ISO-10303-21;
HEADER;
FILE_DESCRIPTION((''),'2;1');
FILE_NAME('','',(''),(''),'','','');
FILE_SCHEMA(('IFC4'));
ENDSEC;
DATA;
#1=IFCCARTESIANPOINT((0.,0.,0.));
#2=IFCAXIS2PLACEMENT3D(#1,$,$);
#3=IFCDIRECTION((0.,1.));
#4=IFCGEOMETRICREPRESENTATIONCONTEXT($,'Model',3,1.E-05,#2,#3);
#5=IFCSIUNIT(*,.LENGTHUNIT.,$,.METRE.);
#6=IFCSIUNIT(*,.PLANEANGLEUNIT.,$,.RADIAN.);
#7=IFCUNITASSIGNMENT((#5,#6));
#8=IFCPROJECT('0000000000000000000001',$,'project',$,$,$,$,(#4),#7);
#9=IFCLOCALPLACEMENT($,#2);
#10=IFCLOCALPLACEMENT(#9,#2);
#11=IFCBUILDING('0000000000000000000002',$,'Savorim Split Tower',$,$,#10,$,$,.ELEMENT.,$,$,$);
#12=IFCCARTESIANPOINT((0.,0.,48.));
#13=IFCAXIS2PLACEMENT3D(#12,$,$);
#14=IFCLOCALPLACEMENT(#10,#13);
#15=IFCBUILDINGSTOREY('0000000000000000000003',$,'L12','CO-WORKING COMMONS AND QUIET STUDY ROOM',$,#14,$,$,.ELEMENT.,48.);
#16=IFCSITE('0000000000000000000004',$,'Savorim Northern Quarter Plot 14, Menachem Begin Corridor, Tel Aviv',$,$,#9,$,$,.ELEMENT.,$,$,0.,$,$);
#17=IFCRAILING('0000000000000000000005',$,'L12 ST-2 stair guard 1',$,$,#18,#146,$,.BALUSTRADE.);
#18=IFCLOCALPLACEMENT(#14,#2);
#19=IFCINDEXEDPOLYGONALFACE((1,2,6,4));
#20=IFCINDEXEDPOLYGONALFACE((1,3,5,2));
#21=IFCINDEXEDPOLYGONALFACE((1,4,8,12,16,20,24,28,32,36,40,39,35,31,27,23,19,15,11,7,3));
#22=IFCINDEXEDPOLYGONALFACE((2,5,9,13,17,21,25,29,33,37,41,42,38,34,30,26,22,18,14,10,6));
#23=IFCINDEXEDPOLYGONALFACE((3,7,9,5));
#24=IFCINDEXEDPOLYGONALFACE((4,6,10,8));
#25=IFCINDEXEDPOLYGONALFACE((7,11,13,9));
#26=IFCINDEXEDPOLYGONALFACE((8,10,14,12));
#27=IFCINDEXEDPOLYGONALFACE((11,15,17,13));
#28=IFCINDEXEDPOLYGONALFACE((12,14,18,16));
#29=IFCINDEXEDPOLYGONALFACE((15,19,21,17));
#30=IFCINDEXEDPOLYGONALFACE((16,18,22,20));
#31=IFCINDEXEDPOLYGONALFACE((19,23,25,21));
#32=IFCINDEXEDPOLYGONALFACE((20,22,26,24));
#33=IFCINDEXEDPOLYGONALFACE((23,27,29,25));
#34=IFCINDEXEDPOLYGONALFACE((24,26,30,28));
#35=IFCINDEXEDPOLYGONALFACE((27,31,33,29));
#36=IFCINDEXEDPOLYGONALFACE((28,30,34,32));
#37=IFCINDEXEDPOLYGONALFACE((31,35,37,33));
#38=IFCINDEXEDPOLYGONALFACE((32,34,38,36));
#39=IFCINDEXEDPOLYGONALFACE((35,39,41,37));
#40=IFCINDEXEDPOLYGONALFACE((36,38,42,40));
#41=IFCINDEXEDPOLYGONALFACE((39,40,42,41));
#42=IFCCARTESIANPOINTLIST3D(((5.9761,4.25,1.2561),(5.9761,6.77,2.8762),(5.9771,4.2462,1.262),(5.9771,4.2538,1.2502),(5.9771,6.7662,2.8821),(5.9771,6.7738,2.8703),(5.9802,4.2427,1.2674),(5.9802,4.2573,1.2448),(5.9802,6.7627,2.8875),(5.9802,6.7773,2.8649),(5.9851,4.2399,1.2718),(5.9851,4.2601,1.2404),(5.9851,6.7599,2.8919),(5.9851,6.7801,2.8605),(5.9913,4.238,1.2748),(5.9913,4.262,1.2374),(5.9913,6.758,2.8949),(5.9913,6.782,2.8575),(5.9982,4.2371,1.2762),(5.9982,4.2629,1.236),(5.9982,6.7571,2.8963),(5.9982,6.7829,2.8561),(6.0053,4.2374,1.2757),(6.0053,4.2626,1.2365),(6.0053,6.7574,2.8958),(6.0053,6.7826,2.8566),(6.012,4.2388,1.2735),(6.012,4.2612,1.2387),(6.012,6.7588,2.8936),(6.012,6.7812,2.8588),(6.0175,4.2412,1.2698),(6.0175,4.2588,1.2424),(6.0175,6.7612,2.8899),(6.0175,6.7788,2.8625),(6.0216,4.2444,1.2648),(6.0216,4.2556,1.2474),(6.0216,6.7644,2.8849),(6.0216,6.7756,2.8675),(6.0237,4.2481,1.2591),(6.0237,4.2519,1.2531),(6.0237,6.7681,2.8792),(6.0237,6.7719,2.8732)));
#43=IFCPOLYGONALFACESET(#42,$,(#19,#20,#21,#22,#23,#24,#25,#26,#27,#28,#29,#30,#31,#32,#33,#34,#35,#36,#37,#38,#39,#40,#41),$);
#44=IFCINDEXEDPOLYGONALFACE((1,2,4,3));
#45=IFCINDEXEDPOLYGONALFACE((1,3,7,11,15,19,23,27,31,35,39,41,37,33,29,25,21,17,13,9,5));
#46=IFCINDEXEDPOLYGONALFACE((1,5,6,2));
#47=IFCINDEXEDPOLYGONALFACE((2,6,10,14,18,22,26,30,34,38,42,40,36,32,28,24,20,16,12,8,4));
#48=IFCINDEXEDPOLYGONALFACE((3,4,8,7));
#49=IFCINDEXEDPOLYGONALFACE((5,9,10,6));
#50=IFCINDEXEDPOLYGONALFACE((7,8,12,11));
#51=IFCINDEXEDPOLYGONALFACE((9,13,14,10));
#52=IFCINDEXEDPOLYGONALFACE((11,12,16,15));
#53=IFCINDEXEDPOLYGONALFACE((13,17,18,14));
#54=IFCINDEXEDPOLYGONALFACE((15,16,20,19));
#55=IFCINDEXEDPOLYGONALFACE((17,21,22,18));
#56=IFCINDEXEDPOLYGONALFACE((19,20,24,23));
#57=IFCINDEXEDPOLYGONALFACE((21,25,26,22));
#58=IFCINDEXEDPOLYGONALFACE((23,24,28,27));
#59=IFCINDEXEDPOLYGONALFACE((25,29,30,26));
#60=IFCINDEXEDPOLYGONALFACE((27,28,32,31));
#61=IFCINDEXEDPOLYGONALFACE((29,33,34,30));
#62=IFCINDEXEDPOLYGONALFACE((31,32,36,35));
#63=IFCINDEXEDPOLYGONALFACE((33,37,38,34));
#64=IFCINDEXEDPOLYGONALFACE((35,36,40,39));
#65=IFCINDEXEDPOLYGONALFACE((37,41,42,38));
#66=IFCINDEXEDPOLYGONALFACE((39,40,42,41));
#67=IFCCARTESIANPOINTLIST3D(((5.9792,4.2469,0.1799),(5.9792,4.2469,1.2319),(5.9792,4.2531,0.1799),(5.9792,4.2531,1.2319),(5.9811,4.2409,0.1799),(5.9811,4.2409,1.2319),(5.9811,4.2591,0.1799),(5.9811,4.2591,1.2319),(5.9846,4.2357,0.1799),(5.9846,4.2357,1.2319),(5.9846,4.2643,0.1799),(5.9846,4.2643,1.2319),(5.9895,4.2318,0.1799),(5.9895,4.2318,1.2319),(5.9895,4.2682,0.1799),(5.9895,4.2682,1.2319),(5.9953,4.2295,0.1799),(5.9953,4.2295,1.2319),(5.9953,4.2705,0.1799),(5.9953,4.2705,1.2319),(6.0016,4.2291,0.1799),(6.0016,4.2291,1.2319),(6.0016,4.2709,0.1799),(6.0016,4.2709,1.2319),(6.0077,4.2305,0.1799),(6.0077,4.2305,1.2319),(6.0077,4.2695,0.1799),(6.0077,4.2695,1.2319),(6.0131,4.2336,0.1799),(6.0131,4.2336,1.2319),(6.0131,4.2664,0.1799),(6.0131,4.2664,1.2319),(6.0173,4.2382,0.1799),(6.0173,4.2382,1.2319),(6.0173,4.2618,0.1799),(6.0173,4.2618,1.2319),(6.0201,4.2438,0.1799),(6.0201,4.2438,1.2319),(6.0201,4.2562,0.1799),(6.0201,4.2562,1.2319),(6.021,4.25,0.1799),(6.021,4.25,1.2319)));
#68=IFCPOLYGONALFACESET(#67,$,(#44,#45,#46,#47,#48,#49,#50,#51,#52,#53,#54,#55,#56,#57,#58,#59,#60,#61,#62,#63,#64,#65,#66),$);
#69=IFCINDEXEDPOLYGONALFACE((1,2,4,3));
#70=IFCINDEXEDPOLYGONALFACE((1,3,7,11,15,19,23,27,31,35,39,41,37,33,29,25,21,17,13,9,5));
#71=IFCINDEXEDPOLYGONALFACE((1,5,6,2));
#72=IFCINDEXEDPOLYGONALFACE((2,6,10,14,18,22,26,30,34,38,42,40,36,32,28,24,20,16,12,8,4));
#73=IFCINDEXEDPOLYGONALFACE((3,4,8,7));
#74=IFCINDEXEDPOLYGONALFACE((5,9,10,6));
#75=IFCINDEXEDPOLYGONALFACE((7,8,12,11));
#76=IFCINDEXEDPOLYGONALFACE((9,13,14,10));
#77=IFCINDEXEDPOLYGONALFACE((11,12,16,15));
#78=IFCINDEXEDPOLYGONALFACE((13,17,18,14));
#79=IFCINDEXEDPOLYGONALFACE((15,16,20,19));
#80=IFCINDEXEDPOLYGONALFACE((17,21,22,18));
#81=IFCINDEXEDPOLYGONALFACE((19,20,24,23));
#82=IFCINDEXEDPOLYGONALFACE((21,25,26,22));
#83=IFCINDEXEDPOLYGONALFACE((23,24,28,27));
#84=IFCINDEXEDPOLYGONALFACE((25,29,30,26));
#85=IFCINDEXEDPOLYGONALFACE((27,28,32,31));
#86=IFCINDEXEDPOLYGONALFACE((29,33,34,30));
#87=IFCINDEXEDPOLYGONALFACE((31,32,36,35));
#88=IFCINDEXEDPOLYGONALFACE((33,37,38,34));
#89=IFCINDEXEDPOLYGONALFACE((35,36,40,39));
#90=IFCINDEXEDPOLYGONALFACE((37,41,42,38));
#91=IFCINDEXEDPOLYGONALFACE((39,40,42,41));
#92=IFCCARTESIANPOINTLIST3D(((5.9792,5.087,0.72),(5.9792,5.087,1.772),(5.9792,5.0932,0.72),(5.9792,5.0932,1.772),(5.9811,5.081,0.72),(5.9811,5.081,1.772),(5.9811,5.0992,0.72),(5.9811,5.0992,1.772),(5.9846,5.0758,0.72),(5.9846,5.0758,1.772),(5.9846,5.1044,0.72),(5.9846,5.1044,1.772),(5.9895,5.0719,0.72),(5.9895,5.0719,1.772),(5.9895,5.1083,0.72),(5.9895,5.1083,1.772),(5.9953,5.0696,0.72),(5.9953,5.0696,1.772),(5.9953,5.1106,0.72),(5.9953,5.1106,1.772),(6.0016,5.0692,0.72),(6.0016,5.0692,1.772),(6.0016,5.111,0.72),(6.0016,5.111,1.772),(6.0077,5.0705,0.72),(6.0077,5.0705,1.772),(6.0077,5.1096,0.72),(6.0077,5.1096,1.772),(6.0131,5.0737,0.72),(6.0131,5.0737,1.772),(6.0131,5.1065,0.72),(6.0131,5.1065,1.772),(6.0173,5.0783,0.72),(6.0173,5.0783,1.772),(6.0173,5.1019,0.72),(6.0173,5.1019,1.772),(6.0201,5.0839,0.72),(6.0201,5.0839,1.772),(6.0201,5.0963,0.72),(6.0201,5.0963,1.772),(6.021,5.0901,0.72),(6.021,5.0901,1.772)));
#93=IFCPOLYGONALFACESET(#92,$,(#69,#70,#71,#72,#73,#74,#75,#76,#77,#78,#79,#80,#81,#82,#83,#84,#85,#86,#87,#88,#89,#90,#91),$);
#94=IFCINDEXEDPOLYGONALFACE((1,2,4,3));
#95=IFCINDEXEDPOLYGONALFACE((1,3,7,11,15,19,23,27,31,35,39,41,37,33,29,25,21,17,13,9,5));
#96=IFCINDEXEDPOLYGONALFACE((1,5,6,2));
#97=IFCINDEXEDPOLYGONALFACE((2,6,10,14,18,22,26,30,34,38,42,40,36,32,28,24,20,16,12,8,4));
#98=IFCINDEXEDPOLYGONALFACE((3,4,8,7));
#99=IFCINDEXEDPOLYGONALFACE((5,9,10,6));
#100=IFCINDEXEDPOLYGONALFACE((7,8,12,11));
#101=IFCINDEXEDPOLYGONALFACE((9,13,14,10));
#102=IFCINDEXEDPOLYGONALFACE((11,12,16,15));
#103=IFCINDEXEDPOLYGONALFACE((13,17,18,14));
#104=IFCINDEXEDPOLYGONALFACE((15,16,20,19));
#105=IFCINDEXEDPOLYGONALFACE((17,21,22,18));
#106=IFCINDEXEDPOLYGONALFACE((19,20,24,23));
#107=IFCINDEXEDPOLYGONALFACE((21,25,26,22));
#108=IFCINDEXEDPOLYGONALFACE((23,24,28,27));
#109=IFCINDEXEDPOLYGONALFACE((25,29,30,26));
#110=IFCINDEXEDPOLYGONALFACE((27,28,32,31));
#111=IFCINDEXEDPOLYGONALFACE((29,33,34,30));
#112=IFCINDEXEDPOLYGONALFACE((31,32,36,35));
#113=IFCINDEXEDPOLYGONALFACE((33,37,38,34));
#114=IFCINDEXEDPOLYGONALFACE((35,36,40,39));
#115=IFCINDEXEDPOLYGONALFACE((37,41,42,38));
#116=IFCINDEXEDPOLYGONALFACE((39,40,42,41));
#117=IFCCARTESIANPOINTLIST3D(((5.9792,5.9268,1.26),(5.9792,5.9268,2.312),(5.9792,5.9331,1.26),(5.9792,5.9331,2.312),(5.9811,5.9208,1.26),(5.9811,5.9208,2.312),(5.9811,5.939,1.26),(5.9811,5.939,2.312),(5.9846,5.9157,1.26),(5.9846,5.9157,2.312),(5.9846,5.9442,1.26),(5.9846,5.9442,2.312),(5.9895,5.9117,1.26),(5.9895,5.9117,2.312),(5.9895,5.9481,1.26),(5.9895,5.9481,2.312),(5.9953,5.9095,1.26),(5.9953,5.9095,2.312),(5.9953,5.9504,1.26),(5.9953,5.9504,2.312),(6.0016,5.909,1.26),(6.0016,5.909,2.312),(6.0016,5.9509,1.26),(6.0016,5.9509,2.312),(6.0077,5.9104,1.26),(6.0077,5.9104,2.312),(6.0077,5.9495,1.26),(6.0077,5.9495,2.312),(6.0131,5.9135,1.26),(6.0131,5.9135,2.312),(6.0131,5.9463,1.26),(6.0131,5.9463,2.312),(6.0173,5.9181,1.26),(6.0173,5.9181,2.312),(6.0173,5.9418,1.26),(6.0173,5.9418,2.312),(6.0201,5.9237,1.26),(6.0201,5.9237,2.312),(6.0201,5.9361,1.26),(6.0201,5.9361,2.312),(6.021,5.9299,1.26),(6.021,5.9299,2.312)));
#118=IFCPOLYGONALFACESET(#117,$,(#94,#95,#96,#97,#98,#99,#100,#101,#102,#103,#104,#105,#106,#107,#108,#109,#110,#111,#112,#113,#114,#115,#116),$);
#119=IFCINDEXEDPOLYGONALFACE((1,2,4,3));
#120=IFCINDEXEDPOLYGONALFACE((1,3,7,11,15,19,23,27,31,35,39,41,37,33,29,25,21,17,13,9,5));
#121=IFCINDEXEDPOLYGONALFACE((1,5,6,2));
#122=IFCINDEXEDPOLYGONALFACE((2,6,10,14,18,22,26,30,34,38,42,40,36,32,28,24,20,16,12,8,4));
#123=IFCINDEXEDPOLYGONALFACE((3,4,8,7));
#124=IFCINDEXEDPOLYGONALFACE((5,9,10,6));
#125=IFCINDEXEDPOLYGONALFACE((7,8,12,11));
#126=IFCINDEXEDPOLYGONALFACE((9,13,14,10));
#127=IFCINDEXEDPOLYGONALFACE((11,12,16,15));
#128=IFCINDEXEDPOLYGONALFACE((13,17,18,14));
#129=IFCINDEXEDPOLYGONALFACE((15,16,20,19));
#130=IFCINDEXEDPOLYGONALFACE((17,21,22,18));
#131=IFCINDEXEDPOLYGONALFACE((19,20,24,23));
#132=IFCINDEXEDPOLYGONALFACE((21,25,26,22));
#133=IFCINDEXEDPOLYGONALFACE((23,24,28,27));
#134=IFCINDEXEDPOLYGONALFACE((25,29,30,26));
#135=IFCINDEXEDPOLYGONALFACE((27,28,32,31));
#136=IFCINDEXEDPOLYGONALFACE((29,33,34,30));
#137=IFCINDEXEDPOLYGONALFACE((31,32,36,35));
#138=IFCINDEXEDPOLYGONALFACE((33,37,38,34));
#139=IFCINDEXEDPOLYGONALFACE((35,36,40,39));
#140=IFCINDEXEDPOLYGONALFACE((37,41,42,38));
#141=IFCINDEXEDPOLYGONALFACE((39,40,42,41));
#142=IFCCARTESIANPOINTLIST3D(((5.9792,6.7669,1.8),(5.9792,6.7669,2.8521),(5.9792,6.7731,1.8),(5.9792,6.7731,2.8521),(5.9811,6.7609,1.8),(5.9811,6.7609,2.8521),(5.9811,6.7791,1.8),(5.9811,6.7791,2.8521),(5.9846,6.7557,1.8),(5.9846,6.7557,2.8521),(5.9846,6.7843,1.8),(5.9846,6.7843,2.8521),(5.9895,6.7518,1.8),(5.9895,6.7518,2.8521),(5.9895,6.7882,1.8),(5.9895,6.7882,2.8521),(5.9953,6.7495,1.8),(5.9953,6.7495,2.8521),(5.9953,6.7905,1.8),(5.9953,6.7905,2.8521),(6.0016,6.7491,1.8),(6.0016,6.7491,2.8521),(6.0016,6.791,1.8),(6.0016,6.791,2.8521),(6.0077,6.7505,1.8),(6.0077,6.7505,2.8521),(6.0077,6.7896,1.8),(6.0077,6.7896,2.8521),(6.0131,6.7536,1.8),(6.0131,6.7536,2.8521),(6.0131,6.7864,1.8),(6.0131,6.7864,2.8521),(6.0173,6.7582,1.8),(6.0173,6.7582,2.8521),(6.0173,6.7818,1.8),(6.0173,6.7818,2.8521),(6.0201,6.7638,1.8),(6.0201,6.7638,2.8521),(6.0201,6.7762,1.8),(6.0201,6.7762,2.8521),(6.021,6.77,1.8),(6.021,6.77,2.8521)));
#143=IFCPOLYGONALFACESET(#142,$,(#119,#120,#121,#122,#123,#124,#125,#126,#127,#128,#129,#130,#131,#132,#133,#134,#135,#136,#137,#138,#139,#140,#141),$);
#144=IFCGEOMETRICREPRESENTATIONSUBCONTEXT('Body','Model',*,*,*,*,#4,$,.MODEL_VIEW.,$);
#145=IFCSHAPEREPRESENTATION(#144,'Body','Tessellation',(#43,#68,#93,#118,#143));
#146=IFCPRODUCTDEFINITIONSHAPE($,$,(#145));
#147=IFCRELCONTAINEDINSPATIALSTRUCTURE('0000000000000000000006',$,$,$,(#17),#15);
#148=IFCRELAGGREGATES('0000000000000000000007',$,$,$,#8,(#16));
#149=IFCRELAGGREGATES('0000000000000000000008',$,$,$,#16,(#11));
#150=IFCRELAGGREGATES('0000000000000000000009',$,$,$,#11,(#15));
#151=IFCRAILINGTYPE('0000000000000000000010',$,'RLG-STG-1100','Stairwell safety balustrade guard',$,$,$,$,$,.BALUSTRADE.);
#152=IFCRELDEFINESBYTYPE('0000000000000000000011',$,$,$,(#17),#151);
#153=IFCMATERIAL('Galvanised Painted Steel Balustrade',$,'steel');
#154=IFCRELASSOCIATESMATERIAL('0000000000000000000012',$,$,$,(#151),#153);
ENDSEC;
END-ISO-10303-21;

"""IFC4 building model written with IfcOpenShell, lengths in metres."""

from ifc_helpers import new_model, si_unit, direction, frame, origin, origin_2d, place, context, subcontext, project, spatial, circle, extrude, material, type_object, element, save


model = new_model("IFC4")

# Units and contexts
model_context = context("Model", 3, precision=1e-05, world=origin(), true_north=direction((0.0, 1.0)))
body_context = subcontext(model_context, "Body", "Model", "MODEL_VIEW")
ifc_project = project(units=[si_unit("LENGTHUNIT", "METRE"), si_unit("PLANEANGLEUNIT", "RADIAN")], contexts=[model_context])

# Site, building, storey
site_placement = place(None, origin())
site = spatial("IfcSite", under=ifc_project, at=site_placement, Name="Savorim Northern Quarter Plot 14, Menachem Begin Corridor, Tel Aviv", CompositionType="ELEMENT", RefElevation=0.0)
building_placement = place(site_placement, origin())
building = spatial("IfcBuilding", under=site, at=building_placement, Name="Savorim Split Tower", CompositionType="ELEMENT")
storey_placement = place(building_placement, frame((0.0, 0.0, 48.0)))
storey = spatial("IfcBuildingStorey", under=building, at=storey_placement, Name="L12", Description="CO-WORKING COMMONS AND QUIET STUDY ROOM", CompositionType="ELEMENT", Elevation=48.0)

# Railing
ifc_material_1 = material(Name="Galvanised Painted Steel Balustrade", Category="steel")
railing_type_1 = type_object("IfcRailingType", Name="RLG-STG-1100", Description="Stairwell safety balustrade guard", PredefinedType="BALUSTRADE", material=ifc_material_1)
railing_1_placement = place(storey_placement, frame((6.0, 4.25, 0.1799)))
element("IfcRailing", 1, at=railing_1_placement, inside=storey, type_object=railing_type_1, Name="L12 ST-2 stair guard 1", PredefinedType="BALUSTRADE", context=body_context, shape_type="SweptSolid", body=[
    extrude(circle(Radius=0.0239, at=origin_2d()), frame((0.0, 0.0, 1.0762), z_axis=(0.0, 0.841163, 0.540782), x_axis=(-1.0, 0.0, 0.0)), (0.0, 0.0, 1.0), 2.9958),
    extrude(circle(Radius=0.021, at=origin_2d()), origin(), (0.0, 0.0, 1.0), 1.052),
    extrude(circle(Radius=0.021, at=origin_2d()), frame((0.0, 0.8401, 0.54)), (0.0, 0.0, 1.0), 1.052),
    extrude(circle(Radius=0.021, at=origin_2d()), frame((0.0, 1.6799, 1.0801)), (0.0, 0.0, 1.0), 1.052),
    extrude(circle(Radius=0.021, at=origin_2d()), frame((0.0, 2.52, 1.6201)), (0.0, 0.0, 1.0), 1.052),
])

save(model, "model.ifc")
